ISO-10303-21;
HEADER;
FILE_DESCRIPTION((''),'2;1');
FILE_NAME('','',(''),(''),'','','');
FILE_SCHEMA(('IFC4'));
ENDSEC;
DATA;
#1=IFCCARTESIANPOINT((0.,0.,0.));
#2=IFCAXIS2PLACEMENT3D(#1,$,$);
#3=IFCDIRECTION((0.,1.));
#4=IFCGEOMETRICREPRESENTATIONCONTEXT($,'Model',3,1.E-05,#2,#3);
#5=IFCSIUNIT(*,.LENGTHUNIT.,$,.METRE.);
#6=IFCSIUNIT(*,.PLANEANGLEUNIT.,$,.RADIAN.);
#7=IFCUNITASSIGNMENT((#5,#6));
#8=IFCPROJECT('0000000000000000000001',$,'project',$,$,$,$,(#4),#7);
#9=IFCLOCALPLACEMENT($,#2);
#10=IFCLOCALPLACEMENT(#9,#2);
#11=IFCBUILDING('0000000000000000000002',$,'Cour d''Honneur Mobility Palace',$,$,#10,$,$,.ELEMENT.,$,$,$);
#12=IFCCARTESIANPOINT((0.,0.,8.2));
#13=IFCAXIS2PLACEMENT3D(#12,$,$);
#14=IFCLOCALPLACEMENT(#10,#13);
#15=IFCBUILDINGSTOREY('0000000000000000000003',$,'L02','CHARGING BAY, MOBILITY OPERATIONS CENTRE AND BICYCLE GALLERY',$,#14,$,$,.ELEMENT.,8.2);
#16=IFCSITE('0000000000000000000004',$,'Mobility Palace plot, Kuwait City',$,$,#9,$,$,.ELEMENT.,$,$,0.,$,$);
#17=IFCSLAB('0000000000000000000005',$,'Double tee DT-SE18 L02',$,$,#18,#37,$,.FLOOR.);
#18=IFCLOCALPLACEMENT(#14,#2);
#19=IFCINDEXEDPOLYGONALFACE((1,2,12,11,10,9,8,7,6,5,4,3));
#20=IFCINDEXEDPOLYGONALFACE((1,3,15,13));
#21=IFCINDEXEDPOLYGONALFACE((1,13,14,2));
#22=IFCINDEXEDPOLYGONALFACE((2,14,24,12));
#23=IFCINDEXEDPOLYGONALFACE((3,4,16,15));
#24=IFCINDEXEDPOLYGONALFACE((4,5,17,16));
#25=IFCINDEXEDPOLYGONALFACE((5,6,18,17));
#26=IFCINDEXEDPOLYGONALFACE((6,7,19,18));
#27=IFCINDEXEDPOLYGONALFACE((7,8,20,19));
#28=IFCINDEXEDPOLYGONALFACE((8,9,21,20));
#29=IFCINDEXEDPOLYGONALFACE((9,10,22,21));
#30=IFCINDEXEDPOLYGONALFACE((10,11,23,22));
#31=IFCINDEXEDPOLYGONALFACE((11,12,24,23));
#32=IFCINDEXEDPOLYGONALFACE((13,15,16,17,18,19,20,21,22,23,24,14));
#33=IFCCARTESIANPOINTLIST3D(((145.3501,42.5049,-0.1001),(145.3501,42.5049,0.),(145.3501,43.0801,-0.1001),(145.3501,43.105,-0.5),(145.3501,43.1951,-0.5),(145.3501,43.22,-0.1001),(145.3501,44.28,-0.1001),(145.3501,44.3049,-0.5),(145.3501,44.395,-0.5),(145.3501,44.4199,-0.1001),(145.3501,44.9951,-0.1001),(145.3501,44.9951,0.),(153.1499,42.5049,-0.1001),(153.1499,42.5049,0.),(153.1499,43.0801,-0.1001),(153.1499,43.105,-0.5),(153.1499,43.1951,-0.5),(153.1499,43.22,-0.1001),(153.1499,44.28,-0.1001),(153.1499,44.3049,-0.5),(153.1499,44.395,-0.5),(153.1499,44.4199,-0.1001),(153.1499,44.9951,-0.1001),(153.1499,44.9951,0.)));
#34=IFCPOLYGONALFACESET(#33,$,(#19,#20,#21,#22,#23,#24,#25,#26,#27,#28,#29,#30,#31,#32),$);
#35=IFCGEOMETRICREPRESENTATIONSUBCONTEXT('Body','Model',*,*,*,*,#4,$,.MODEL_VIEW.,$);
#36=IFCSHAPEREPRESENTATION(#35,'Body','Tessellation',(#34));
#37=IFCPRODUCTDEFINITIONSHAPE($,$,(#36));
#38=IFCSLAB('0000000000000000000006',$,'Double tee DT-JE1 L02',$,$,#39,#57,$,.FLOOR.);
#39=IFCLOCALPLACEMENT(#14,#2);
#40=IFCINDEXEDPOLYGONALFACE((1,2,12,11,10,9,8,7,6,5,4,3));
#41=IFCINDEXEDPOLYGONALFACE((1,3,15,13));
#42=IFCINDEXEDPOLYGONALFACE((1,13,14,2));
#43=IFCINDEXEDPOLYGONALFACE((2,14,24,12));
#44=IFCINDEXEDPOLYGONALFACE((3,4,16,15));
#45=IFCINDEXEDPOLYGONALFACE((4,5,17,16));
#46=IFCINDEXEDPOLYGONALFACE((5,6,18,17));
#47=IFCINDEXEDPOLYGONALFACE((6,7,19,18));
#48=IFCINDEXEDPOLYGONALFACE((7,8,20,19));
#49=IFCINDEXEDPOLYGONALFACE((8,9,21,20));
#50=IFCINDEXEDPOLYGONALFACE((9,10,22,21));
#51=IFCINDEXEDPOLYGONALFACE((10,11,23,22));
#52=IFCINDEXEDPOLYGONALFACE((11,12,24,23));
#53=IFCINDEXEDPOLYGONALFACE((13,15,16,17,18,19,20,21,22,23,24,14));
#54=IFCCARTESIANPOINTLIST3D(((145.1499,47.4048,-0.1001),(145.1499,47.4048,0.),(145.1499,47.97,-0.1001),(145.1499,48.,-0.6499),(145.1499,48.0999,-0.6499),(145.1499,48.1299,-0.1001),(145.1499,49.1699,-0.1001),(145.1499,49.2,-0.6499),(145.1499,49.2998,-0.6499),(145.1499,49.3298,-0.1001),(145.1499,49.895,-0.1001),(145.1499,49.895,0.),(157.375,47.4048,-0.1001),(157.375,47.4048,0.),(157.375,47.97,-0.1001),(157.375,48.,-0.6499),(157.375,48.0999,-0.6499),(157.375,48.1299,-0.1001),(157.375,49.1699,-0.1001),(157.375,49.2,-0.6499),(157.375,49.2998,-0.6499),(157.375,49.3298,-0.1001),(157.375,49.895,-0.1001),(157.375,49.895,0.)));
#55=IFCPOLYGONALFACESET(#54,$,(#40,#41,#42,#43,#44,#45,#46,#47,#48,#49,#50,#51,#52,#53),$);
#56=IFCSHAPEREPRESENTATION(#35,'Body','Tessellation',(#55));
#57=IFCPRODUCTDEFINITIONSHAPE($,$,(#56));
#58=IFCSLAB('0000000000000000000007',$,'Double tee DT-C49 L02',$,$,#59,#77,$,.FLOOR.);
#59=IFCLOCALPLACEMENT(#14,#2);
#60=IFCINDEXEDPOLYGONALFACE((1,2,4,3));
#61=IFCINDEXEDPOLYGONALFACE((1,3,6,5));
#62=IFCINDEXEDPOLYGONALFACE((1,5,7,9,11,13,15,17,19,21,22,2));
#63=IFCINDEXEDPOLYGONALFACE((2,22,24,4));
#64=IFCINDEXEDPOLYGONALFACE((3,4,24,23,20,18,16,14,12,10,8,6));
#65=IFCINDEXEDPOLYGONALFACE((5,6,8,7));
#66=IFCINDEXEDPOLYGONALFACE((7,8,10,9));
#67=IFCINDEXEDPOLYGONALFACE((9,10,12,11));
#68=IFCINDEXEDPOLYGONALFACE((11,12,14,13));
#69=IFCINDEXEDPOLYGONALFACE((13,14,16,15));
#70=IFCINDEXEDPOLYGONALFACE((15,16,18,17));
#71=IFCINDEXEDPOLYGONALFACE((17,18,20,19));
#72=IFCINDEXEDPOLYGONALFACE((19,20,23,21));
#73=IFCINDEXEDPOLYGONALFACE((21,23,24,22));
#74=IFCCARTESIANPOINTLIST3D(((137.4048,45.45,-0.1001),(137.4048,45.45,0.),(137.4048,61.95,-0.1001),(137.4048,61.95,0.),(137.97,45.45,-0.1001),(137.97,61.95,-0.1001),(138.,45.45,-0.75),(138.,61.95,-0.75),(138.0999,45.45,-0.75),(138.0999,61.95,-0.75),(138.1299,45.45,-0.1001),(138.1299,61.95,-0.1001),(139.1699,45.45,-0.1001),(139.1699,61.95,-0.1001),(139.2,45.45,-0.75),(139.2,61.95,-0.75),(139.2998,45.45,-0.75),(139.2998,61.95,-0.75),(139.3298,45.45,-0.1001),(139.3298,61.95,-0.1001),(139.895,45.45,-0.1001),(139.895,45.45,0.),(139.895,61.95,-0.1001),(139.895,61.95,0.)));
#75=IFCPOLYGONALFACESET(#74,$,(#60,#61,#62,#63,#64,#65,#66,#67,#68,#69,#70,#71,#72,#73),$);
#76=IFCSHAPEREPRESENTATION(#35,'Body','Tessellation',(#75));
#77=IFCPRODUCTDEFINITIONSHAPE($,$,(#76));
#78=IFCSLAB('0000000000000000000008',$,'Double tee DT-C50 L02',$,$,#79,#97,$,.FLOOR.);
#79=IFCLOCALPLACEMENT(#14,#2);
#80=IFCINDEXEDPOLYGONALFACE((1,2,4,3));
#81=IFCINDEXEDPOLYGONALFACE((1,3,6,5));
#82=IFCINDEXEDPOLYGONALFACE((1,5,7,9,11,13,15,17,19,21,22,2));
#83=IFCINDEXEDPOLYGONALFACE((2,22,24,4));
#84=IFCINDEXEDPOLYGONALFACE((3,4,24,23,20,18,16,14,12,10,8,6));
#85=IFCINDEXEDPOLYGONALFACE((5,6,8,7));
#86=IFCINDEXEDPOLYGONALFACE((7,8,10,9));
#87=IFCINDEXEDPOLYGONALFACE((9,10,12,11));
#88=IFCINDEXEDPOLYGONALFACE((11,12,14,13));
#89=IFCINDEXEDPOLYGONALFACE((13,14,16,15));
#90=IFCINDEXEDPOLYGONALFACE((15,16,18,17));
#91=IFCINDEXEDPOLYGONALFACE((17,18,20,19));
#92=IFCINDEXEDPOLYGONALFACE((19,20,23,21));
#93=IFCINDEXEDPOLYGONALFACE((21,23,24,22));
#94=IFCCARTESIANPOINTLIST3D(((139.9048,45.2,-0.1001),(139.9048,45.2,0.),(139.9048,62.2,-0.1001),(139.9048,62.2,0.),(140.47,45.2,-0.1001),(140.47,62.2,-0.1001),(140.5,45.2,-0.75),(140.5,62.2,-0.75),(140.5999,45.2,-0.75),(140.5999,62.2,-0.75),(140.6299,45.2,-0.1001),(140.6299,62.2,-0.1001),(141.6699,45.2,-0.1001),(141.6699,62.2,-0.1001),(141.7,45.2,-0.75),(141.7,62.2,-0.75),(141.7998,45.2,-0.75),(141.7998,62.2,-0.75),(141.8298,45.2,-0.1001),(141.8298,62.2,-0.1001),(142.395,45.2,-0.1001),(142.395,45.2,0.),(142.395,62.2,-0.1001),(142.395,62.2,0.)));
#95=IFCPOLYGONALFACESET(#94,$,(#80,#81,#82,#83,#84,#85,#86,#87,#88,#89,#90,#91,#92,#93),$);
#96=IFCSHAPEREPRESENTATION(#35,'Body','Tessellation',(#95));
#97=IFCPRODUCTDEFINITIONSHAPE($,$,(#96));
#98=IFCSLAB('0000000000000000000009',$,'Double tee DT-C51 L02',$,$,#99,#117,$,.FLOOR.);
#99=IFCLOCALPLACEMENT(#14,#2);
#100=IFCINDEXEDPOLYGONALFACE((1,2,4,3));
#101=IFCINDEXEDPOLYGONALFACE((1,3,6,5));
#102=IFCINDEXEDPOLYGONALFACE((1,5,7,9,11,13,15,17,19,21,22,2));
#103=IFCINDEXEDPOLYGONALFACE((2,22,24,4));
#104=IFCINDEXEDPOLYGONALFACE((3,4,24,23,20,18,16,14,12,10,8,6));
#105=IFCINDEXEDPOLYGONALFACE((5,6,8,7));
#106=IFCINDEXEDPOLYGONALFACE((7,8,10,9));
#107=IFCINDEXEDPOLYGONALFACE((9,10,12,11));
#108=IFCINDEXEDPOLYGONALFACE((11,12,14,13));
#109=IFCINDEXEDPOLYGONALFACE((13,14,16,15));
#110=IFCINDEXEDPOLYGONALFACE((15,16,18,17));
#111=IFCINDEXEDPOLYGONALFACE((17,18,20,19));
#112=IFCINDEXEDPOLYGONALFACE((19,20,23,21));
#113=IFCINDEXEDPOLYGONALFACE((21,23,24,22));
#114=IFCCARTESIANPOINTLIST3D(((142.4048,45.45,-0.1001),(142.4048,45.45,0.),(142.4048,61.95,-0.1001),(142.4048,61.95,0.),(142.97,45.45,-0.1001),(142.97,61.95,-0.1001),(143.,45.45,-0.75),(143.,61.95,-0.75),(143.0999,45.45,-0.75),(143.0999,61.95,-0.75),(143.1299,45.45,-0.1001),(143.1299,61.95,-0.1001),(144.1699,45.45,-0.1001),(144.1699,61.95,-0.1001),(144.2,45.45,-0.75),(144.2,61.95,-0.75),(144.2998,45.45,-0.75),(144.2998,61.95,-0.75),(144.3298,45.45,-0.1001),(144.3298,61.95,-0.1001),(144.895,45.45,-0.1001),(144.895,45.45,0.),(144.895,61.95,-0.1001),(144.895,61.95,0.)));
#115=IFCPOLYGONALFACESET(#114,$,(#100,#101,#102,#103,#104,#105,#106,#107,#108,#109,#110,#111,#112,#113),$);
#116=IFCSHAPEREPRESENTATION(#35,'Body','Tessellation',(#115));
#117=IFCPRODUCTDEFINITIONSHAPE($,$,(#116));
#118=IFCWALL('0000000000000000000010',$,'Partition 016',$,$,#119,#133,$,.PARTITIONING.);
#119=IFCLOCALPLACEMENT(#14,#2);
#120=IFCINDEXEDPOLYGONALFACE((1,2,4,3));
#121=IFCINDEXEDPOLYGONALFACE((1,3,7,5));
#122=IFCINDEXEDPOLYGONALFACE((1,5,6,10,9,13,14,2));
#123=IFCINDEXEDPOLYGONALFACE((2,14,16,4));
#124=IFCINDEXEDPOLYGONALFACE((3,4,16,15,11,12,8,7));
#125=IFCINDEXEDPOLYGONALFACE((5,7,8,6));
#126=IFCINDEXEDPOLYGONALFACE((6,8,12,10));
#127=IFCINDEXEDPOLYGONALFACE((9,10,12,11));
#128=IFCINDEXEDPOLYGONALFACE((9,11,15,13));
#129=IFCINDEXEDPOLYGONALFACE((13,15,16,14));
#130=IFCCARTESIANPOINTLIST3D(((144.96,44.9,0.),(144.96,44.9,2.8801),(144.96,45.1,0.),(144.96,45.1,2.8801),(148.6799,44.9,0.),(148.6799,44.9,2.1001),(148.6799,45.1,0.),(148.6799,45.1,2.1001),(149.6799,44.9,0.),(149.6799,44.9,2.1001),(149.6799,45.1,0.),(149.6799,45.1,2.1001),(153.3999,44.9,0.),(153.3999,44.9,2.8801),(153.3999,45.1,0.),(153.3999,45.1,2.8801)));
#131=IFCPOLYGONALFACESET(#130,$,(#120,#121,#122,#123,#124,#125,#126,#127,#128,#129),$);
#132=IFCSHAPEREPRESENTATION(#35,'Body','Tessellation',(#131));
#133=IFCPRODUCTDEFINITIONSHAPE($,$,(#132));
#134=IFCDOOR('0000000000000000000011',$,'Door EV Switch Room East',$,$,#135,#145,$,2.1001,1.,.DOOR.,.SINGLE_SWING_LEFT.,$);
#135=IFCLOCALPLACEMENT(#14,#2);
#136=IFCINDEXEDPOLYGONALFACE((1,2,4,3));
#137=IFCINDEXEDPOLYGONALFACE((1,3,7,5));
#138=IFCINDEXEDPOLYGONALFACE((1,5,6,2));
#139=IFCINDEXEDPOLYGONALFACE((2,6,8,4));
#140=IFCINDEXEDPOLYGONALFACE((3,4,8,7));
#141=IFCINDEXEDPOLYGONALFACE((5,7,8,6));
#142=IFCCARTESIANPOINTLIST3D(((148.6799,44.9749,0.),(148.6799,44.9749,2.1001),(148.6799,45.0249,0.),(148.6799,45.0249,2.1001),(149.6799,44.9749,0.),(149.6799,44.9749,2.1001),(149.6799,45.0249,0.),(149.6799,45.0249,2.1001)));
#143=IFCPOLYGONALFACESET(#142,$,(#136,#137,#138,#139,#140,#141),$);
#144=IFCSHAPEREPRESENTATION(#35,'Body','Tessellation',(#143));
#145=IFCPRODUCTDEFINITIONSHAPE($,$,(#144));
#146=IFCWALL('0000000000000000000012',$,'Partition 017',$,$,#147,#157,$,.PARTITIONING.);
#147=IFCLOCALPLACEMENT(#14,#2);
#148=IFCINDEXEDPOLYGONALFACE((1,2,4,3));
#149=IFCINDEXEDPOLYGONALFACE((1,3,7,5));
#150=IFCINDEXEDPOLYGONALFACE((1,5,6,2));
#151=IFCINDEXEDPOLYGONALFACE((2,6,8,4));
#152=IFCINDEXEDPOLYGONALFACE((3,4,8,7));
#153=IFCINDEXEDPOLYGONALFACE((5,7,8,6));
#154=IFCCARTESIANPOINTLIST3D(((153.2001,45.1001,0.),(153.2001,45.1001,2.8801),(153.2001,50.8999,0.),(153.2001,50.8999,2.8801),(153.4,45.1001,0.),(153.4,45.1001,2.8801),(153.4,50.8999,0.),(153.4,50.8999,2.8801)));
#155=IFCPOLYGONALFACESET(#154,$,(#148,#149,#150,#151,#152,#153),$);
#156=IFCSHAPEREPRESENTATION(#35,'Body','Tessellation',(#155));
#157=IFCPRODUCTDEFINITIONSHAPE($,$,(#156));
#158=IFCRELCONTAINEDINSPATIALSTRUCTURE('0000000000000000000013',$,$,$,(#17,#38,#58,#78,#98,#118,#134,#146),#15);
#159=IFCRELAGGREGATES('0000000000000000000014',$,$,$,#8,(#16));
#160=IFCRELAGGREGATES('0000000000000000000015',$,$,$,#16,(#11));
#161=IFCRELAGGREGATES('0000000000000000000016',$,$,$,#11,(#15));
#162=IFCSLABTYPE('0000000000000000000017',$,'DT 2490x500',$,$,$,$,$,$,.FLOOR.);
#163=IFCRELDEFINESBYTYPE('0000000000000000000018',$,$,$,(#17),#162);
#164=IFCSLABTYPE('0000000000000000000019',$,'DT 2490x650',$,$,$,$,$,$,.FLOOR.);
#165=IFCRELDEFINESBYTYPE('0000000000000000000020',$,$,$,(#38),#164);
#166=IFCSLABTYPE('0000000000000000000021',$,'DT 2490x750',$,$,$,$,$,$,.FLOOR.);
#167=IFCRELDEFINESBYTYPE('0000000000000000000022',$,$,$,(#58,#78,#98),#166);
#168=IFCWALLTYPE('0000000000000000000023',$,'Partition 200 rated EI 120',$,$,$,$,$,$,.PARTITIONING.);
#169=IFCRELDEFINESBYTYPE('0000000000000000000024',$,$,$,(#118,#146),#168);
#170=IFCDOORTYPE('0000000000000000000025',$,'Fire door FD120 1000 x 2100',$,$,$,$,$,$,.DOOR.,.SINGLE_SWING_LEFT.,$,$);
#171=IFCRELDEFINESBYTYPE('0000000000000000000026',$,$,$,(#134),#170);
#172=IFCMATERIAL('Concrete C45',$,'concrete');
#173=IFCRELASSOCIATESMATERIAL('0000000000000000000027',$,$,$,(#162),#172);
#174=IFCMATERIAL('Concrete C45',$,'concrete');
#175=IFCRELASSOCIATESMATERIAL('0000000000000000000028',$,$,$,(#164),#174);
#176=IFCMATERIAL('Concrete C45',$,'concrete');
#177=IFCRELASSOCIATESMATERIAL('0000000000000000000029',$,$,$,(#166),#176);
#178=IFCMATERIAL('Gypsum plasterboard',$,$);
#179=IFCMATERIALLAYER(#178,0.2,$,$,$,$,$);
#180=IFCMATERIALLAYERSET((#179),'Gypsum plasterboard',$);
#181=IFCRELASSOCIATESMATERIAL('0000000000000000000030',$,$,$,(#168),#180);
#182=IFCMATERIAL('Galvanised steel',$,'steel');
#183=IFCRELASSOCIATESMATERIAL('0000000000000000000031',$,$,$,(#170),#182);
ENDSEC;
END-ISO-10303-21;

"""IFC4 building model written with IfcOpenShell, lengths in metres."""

from ifc_helpers import new_model, si_unit, direction, frame, frame_2d, origin, place, context, subcontext, project, spatial, polyline, rectangle, outline, extrude, material, layer, layer_set, material_profile, profile_set, type_object, element, fill, save


model = new_model("IFC4")

# Units and contexts
model_context = context("Model", 3, precision=1e-05, world=origin(), true_north=direction((0.0, 1.0)))
body_context = subcontext(model_context, "Body", "Model", "MODEL_VIEW")
ifc_project = project(units=[si_unit("LENGTHUNIT", "METRE"), si_unit("PLANEANGLEUNIT", "RADIAN")], contexts=[model_context])

# Site, building, storey
site_placement = place(None, origin())
site = spatial("IfcSite", under=ifc_project, at=site_placement, Name="Mobility Palace plot, Kuwait City", CompositionType="ELEMENT", RefElevation=0.0)
building_placement = place(site_placement, origin())
building = spatial("IfcBuilding", under=site, at=building_placement, Name="Cour d'Honneur Mobility Palace", CompositionType="ELEMENT")
storey_placement = place(building_placement, frame((0.0, 0.0, 8.2)))
storey = spatial("IfcBuildingStorey", under=building, at=storey_placement, Name="L02", Description="CHARGING BAY, MOBILITY OPERATIONS CENTRE AND BICYCLE GALLERY", CompositionType="ELEMENT", Elevation=8.2)

# Slabs
ifc_material_1 = material(Name="Concrete C45", Category="concrete")
ifc_material_profile_1 = material_profile(ifc_material_1, outline(polyline([(-1.2451, 0.0), (1.2451, 0.0), (1.2451, -0.1001), (0.6699, -0.1001), (0.645, -0.5), (0.5549, -0.5), (0.53, -0.1001), (-0.53, -0.1001), (-0.5549, -0.5), (-0.645, -0.5), (-0.6699, -0.1001), (-1.2451, -0.1001), (-1.2451, 0.0)])), Name="DT 2490x500")
ifc_profile_set_1 = profile_set([ifc_material_profile_1], Name="Concrete C45")
slab_type_1 = type_object("IfcSlabType", Name="DT 2490x500", PredefinedType="FLOOR", material=ifc_profile_set_1)
slab_1_placement = place(storey_placement, frame((145.3501, 43.75, 0.0), z_axis=(1.0, 0.0, 0.0), x_axis=(0.0, 1.0, 0.0)))
element("IfcSlab", 1, at=slab_1_placement, inside=storey, type_object=slab_type_1, Name="Double tee DT-SE18 L02", PredefinedType="FLOOR", context=body_context, shape_type="SweptSolid", body=[
    extrude(outline(polyline([(-1.2451, 0.0), (1.2451, 0.0), (1.2451, -0.1001), (0.6699, -0.1001), (0.645, -0.5), (0.5549, -0.5), (0.53, -0.1001), (-0.53, -0.1001), (-0.5549, -0.5), (-0.645, -0.5), (-0.6699, -0.1001), (-1.2451, -0.1001), (-1.2451, 0.0)])), origin(), (0.0, 0.0, 1.0), 7.7998),
])
ifc_material_2 = material(Name="Concrete C45", Category="concrete")
ifc_material_profile_2 = material_profile(ifc_material_2, outline(polyline([(-1.2451, 0.0), (1.2451, 0.0), (1.2451, -0.1001), (0.6799, -0.1001), (0.6499, -0.6499), (0.55, -0.6499), (0.52, -0.1001), (-0.52, -0.1001), (-0.55, -0.6499), (-0.6499, -0.6499), (-0.6799, -0.1001), (-1.2451, -0.1001), (-1.2451, 0.0)])), Name="DT 2490x650")
ifc_profile_set_2 = profile_set([ifc_material_profile_2], Name="Concrete C45")
slab_type_2 = type_object("IfcSlabType", Name="DT 2490x650", PredefinedType="FLOOR", material=ifc_profile_set_2)
slab_2_placement = place(storey_placement, frame((145.1499, 48.6499, 0.0), z_axis=(1.0, 0.0, 0.0), x_axis=(0.0, 1.0, 0.0)))
element("IfcSlab", 2, at=slab_2_placement, inside=storey, type_object=slab_type_2, Name="Double tee DT-JE1 L02", PredefinedType="FLOOR", context=body_context, shape_type="SweptSolid", body=[
    extrude(outline(polyline([(-1.2451, 0.0), (1.2451, 0.0), (1.2451, -0.1001), (0.6799, -0.1001), (0.6499, -0.6499), (0.55, -0.6499), (0.52, -0.1001), (-0.52, -0.1001), (-0.55, -0.6499), (-0.6499, -0.6499), (-0.6799, -0.1001), (-1.2451, -0.1001), (-1.2451, 0.0)])), origin(), (0.0, 0.0, 1.0), 12.2251),
])
ifc_material_3 = material(Name="Concrete C45", Category="concrete")
ifc_material_profile_3 = material_profile(ifc_material_3, outline(polyline([(-1.2451, 0.0), (1.2451, 0.0), (1.2451, -0.1001), (0.6799, -0.1001), (0.6499, -0.75), (0.55, -0.75), (0.52, -0.1001), (-0.52, -0.1001), (-0.55, -0.75), (-0.6499, -0.75), (-0.6799, -0.1001), (-1.2451, -0.1001), (-1.2451, 0.0)])), Name="DT 2490x750")
ifc_profile_set_3 = profile_set([ifc_material_profile_3], Name="Concrete C45")
slab_type_3 = type_object("IfcSlabType", Name="DT 2490x750", PredefinedType="FLOOR", material=ifc_profile_set_3)
slab_3_placement = place(storey_placement, frame((138.6499, 45.45, 0.0), z_axis=(0.0, 1.0, 0.0), x_axis=(-1.0, 0.0, 0.0)))
element("IfcSlab", 3, at=slab_3_placement, inside=storey, type_object=slab_type_3, Name="Double tee DT-C49 L02", PredefinedType="FLOOR", context=body_context, shape_type="SweptSolid", body=[
    extrude(outline(polyline([(-1.2451, 0.0), (1.2451, 0.0), (1.2451, -0.1001), (0.6799, -0.1001), (0.6499, -0.75), (0.55, -0.75), (0.52, -0.1001), (-0.52, -0.1001), (-0.55, -0.75), (-0.6499, -0.75), (-0.6799, -0.1001), (-1.2451, -0.1001), (-1.2451, 0.0)])), origin(), (0.0, 0.0, 1.0), 16.5),
])
slab_4_placement = place(storey_placement, frame((141.1499, 45.2, 0.0), z_axis=(0.0, 1.0, 0.0), x_axis=(-1.0, 0.0, 0.0)))
element("IfcSlab", 4, at=slab_4_placement, inside=storey, type_object=slab_type_3, Name="Double tee DT-C50 L02", PredefinedType="FLOOR", context=body_context, shape_type="SweptSolid", body=[
    extrude(outline(polyline([(-1.2451, 0.0), (1.2451, 0.0), (1.2451, -0.1001), (0.6799, -0.1001), (0.6499, -0.75), (0.55, -0.75), (0.52, -0.1001), (-0.52, -0.1001), (-0.55, -0.75), (-0.6499, -0.75), (-0.6799, -0.1001), (-1.2451, -0.1001), (-1.2451, 0.0)])), origin(), (0.0, 0.0, 1.0), 17.0),
])
slab_5_placement = place(storey_placement, frame((143.6499, 45.45, 0.0), z_axis=(0.0, 1.0, 0.0), x_axis=(-1.0, 0.0, 0.0)))
element("IfcSlab", 5, at=slab_5_placement, inside=storey, type_object=slab_type_3, Name="Double tee DT-C51 L02", PredefinedType="FLOOR", context=body_context, shape_type="SweptSolid", body=[
    extrude(outline(polyline([(-1.2451, 0.0), (1.2451, 0.0), (1.2451, -0.1001), (0.6799, -0.1001), (0.6499, -0.75), (0.55, -0.75), (0.52, -0.1001), (-0.52, -0.1001), (-0.55, -0.75), (-0.6499, -0.75), (-0.6799, -0.1001), (-1.2451, -0.1001), (-1.2451, 0.0)])), origin(), (0.0, 0.0, 1.0), 16.5),
])

# Wall, opening, door
ifc_material_4 = material(Name="Gypsum plasterboard")
ifc_layer_1 = layer(ifc_material_4, 0.2)
ifc_layer_set_1 = layer_set([ifc_layer_1], Name="Gypsum plasterboard")
wall_type = type_object("IfcWallType", Name="Partition 200 rated EI 120", PredefinedType="PARTITIONING", material=ifc_layer_set_1)
wall_1_placement = place(storey_placement, frame((144.96, 45.0, 0.0), z_axis=(0.0, 0.0, 1.0), x_axis=(1.0, 0.0, 0.0)))
wall_1 = element("IfcWall", 6, at=wall_1_placement, inside=storey, type_object=wall_type, Name="Partition 016", PredefinedType="PARTITIONING", context=body_context, shape_type="SweptSolid", body=[
    extrude(rectangle(XDim=8.4399, YDim=0.2, at=frame_2d((4.22, 0.0))), origin(), (0.0, 0.0, 1.0), 2.8801),
])
opening_placement = place(wall_1_placement, frame((3.72, 0.0, 0.0)))
opening = element("IfcOpeningElement", 7, at=opening_placement, cuts=wall_1, PredefinedType="OPENING", context=body_context, shape_type="SweptSolid", body=[
    extrude(rectangle(XDim=1.0, YDim=2.1001, at=frame_2d((0.5, 1.05))), frame((0.0, 0.1099, 0.0), z_axis=(0.0, -1.0, 0.0), x_axis=(1.0, 0.0, 0.0)), (0.0, 0.0, 1.0), 0.22),
])
ifc_material_5 = material(Name="Galvanised steel", Category="steel")
door_type = type_object("IfcDoorType", Name="Fire door FD120 1000 x 2100", OperationType="SINGLE_SWING_LEFT", PredefinedType="DOOR", material=ifc_material_5)
door_placement = place(opening_placement, origin())
door = element("IfcDoor", 8, at=door_placement, inside=storey, type_object=door_type, Name="Door EV Switch Room East", OperationType="SINGLE_SWING_LEFT", OverallHeight=2.1001, OverallWidth=1.0, PredefinedType="DOOR", context=body_context, shape_type="SweptSolid", body=[
    extrude(rectangle(XDim=1.0, YDim=2.1001, at=frame_2d((0.5, 1.05))), frame((0.0, 0.0249, 0.0), z_axis=(0.0, -1.0, 0.0), x_axis=(1.0, 0.0, 0.0)), (0.0, 0.0, 1.0), 0.05),
])
fill(opening, door)

# Wall
wall_2_placement = place(storey_placement, frame((153.3, 45.1001, 0.0), z_axis=(0.0, 0.0, 1.0), x_axis=(0.0, 1.0, 0.0)))
element("IfcWall", 9, at=wall_2_placement, inside=storey, type_object=wall_type, Name="Partition 017", PredefinedType="PARTITIONING", context=body_context, shape_type="SweptSolid", body=[
    extrude(rectangle(XDim=5.7998, YDim=0.2, at=frame_2d((2.8999, 0.0))), origin(), (0.0, 0.0, 1.0), 2.8801),
])

save(model, "model.ifc")
